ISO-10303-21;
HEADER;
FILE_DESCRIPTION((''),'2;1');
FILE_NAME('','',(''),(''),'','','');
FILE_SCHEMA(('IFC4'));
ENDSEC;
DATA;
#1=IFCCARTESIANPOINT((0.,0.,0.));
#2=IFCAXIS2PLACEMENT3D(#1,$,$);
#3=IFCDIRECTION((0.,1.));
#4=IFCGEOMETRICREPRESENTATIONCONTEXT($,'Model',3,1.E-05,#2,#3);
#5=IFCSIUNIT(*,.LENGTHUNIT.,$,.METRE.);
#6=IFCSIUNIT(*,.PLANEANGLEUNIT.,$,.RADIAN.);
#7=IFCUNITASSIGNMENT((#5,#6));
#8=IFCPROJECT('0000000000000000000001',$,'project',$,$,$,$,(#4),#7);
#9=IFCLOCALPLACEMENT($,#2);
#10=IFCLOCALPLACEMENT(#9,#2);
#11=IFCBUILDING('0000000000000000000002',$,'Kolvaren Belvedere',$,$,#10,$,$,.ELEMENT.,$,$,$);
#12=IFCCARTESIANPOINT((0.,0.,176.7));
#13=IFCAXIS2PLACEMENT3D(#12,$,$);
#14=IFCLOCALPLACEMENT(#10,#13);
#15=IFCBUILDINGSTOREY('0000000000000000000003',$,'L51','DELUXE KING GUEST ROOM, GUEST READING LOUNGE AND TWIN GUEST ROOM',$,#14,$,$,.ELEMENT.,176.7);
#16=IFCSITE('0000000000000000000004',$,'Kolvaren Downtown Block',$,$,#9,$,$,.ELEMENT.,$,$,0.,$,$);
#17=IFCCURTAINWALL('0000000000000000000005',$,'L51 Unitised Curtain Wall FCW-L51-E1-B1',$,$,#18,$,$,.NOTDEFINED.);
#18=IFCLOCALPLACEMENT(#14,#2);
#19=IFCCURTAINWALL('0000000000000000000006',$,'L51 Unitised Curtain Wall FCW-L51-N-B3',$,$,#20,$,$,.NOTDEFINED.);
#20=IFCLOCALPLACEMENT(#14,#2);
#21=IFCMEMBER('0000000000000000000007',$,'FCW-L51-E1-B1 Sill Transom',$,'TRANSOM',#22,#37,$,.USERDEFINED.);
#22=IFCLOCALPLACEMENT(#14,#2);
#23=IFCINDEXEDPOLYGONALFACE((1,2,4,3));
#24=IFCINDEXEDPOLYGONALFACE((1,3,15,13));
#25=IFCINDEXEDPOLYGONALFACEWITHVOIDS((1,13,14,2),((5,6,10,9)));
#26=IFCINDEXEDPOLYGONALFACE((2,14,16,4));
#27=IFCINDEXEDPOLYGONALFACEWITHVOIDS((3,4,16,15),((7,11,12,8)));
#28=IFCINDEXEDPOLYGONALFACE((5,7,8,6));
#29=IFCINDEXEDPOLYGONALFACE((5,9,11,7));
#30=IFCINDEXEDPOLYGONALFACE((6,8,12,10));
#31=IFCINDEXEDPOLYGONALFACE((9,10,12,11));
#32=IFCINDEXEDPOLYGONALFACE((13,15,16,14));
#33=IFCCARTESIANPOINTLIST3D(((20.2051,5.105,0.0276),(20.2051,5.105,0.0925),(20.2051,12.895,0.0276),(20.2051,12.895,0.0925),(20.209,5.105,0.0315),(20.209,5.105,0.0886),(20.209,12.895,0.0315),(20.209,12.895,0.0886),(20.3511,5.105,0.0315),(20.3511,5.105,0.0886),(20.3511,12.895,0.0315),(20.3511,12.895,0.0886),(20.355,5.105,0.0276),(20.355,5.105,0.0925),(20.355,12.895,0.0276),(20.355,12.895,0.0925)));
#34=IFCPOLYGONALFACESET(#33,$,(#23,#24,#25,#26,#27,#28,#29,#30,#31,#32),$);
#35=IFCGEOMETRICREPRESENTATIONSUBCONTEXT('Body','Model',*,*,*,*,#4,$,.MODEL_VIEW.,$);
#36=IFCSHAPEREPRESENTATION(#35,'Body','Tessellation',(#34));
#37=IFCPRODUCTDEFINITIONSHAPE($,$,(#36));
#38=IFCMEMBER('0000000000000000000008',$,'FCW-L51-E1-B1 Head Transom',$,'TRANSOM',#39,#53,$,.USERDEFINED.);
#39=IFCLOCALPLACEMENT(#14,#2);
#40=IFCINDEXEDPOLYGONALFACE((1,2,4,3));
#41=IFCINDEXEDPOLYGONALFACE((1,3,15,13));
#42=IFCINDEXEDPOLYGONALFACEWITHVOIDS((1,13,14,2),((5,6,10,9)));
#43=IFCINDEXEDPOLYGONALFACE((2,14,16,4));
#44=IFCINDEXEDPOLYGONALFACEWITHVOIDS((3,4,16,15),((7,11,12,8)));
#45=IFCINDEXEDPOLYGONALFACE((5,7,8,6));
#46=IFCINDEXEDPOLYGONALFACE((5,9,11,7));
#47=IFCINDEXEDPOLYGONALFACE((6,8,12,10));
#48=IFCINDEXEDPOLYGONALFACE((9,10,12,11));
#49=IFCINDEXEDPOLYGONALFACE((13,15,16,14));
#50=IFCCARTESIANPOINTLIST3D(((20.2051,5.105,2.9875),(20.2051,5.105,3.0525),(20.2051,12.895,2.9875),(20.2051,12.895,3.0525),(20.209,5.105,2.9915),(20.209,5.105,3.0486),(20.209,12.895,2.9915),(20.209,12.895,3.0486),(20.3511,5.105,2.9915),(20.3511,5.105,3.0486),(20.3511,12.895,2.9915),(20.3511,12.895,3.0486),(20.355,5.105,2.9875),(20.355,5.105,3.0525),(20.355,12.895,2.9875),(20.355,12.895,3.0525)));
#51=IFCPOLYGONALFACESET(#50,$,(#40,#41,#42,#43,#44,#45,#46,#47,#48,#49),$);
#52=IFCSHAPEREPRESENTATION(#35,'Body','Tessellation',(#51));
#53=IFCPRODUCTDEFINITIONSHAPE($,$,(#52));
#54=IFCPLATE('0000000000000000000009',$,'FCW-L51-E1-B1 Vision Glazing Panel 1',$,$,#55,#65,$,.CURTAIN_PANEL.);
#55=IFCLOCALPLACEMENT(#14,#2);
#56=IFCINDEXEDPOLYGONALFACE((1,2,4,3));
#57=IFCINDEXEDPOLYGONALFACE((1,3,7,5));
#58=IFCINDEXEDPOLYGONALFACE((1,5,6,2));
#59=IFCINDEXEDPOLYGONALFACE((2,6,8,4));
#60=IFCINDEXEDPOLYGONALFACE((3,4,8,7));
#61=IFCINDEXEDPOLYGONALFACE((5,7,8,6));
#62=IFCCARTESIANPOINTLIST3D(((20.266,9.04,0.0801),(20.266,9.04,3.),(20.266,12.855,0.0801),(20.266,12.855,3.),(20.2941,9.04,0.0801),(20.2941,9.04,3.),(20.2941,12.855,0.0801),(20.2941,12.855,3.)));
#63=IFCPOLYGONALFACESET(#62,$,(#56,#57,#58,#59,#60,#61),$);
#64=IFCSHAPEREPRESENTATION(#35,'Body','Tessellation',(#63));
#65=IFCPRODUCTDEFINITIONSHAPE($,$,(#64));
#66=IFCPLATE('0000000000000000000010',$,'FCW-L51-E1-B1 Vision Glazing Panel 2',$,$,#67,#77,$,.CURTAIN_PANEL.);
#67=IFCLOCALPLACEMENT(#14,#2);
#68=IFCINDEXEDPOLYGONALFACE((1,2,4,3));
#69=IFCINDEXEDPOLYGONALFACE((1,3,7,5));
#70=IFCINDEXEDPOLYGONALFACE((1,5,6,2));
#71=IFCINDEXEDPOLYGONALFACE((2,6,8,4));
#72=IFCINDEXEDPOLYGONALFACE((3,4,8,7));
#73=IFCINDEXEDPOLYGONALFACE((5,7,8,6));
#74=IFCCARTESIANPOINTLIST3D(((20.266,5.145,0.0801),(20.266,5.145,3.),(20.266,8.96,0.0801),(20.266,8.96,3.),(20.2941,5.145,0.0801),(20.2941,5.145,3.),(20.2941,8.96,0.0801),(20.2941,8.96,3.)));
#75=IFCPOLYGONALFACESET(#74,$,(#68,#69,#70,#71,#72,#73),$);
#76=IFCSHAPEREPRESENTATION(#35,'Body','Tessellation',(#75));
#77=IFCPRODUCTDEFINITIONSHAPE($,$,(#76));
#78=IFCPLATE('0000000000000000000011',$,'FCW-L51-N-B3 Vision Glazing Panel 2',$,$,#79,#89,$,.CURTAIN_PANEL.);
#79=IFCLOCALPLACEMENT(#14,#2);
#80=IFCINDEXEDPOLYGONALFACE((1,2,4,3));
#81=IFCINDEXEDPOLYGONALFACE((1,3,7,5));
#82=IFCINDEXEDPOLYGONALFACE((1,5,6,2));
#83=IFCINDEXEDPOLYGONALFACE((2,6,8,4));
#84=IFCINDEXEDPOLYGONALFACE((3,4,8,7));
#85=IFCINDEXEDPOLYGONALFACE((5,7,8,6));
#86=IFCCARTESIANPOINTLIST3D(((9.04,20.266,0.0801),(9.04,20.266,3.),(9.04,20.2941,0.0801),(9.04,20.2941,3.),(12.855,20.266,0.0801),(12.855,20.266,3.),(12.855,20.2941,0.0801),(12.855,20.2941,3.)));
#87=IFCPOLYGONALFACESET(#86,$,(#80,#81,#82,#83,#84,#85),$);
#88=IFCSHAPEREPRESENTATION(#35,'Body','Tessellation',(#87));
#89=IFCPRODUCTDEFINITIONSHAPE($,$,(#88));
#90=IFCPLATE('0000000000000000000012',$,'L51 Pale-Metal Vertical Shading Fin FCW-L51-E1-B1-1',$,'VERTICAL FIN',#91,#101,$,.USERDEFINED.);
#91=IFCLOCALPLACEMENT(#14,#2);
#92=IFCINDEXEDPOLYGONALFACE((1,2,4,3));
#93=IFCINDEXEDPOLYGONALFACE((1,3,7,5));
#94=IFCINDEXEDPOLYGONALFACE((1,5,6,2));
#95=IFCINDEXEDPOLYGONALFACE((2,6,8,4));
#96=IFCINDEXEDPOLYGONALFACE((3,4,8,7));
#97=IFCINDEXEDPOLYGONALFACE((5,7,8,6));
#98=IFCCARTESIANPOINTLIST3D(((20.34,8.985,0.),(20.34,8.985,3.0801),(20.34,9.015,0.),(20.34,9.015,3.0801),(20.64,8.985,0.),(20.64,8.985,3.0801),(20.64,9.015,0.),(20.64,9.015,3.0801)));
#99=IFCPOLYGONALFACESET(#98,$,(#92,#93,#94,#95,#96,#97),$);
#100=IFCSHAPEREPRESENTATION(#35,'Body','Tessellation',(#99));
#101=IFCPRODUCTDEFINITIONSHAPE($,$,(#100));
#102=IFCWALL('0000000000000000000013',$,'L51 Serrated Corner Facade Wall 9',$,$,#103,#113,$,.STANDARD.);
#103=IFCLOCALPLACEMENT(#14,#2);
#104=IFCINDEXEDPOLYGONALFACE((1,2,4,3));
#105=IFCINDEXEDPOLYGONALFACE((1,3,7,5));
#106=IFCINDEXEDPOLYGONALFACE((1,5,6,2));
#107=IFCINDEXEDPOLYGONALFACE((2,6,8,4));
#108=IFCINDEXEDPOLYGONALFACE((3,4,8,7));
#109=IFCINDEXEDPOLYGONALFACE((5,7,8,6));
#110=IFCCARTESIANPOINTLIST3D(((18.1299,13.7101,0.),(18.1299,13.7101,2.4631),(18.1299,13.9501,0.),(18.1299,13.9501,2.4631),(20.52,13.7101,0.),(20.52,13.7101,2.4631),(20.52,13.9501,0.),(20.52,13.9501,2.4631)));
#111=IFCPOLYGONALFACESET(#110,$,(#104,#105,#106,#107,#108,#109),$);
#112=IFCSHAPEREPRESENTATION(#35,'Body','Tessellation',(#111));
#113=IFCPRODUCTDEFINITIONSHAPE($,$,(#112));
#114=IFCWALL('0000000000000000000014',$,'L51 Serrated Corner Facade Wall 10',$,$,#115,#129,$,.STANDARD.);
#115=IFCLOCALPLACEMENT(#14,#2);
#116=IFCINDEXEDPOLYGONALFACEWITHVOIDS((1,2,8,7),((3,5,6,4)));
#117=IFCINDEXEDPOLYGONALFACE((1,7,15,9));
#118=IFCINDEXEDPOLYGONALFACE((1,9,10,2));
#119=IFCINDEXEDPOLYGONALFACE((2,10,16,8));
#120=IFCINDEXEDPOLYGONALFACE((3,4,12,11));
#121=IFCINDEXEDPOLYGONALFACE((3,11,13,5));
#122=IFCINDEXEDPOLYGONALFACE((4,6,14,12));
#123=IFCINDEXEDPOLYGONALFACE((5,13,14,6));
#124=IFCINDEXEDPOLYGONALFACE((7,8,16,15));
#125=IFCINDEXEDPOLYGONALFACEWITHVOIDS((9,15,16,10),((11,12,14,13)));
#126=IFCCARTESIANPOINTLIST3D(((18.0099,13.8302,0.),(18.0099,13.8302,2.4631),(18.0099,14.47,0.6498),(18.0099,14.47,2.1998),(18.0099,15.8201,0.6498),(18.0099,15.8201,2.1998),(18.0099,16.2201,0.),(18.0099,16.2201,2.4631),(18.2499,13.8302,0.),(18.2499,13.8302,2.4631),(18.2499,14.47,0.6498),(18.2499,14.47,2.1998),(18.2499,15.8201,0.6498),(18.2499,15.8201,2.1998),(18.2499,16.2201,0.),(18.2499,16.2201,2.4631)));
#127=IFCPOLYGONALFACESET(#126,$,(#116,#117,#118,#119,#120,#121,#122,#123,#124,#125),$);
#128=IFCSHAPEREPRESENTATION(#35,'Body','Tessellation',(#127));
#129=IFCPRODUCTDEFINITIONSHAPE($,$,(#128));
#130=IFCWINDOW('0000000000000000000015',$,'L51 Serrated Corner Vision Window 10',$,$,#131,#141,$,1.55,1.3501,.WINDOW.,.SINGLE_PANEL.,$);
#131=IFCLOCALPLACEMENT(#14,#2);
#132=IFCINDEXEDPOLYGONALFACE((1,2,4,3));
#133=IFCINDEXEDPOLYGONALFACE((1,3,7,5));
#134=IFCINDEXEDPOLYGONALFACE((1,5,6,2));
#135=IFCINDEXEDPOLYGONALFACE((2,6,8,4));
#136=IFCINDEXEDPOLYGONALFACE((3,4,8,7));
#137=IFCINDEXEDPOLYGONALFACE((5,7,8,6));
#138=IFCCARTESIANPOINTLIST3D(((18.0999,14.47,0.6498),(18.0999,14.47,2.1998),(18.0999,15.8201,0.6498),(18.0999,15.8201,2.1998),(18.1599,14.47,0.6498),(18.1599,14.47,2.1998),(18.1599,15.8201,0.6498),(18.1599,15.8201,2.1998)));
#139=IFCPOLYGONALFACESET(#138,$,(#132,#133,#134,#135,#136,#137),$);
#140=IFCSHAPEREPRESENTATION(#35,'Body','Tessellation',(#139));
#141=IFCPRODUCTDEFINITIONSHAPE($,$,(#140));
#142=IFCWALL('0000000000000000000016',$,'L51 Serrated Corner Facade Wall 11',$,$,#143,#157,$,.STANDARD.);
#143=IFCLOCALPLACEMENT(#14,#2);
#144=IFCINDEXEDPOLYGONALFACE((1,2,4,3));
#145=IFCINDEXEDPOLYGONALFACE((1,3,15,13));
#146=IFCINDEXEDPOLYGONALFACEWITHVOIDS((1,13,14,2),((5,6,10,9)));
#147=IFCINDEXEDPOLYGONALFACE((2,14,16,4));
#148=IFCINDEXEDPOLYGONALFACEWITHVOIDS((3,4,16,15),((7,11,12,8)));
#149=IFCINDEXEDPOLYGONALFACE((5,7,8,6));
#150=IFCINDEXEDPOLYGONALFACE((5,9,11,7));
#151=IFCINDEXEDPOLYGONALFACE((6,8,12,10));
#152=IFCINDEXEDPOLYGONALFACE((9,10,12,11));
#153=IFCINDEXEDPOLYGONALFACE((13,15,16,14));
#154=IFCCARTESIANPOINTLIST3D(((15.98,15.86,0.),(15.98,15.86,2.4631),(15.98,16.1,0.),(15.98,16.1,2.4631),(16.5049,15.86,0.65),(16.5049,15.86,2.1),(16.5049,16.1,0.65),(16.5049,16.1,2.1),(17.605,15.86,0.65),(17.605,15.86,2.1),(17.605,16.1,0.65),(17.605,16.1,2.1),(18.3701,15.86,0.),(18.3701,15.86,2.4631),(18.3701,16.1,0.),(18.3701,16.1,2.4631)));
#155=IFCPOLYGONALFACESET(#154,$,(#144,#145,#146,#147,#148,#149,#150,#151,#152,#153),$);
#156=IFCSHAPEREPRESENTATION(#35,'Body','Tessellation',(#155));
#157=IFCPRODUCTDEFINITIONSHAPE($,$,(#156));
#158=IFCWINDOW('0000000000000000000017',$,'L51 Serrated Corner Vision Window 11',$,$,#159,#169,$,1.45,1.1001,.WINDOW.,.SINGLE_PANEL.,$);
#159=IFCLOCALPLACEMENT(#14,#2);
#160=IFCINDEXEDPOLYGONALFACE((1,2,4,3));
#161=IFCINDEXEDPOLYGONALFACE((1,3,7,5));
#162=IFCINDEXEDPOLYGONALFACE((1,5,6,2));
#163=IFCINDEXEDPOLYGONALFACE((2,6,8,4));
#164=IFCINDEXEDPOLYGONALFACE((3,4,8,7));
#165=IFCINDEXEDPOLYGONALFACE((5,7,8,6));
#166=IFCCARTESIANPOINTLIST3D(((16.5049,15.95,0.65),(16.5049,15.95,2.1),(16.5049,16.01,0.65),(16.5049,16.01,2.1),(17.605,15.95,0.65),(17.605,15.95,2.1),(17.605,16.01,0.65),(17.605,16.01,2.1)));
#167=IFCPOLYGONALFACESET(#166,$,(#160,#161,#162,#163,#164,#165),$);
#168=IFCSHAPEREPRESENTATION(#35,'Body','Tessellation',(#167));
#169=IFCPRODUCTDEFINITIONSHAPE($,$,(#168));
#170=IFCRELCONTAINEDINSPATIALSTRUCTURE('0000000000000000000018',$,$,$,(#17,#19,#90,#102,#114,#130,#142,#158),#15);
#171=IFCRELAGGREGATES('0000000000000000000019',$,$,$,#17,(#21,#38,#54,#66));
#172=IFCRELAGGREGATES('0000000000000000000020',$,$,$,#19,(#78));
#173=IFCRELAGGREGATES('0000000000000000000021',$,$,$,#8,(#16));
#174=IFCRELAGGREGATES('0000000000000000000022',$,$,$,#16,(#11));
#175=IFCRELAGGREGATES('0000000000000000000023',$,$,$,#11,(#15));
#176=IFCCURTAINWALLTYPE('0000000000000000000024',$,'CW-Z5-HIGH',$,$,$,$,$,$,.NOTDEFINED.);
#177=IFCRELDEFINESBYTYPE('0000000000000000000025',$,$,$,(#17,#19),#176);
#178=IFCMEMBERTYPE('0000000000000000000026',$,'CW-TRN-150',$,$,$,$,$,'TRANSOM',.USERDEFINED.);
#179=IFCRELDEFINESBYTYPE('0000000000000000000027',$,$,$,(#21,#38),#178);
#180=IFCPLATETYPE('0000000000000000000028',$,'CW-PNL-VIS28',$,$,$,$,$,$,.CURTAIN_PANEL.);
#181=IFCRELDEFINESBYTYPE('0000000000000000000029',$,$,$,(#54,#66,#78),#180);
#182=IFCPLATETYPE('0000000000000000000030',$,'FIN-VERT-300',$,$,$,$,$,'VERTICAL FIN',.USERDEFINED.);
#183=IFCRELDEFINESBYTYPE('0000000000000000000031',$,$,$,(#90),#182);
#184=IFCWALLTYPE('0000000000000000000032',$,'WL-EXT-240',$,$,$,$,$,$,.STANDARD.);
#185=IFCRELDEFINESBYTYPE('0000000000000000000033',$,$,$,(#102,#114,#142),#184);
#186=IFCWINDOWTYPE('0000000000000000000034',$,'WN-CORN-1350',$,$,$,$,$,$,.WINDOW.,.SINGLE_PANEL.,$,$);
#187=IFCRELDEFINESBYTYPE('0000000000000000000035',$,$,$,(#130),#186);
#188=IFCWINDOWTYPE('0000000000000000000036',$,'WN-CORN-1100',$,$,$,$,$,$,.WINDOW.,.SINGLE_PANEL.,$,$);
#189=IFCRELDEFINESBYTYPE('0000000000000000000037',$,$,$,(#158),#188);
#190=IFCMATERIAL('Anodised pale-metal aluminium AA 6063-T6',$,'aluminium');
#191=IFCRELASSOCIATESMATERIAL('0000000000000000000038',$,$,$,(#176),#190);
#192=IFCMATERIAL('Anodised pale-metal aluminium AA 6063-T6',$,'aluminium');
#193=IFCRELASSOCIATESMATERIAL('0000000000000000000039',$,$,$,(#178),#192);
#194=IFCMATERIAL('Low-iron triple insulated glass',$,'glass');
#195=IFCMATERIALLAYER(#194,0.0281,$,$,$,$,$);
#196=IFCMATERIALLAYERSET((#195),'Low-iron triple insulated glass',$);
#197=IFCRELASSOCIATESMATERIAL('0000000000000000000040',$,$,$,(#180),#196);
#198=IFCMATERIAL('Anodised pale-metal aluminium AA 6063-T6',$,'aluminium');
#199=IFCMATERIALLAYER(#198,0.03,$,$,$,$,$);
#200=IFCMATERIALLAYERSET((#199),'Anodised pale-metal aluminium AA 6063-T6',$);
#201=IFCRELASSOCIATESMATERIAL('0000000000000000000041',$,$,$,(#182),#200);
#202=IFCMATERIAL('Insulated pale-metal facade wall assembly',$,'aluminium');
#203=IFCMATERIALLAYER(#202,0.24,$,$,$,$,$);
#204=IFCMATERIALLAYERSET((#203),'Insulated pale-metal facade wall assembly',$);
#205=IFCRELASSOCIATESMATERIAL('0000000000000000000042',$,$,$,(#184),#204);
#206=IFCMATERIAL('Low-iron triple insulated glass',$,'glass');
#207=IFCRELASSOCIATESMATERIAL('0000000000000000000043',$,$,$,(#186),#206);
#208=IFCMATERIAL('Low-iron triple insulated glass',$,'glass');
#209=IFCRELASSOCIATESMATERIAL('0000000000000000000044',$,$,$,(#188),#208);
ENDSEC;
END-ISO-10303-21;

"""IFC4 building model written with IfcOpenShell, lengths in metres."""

from ifc_helpers import new_model, si_unit, direction, frame, frame_2d, origin, origin_2d, place, context, subcontext, project, spatial, rectangle, hollow_rectangle, extrude, material, layer, layer_set, material_profile, profile_set, type_object, element, fill, aggregate, save


model = new_model("IFC4")

# Units and contexts
model_context = context("Model", 3, precision=1e-05, world=origin(), true_north=direction((0.0, 1.0)))
body_context = subcontext(model_context, "Body", "Model", "MODEL_VIEW")
ifc_project = project(units=[si_unit("LENGTHUNIT", "METRE"), si_unit("PLANEANGLEUNIT", "RADIAN")], contexts=[model_context])

# Site, building, storey
site_placement = place(None, origin())
site = spatial("IfcSite", under=ifc_project, at=site_placement, Name="Kolvaren Downtown Block", CompositionType="ELEMENT", RefElevation=0.0)
building_placement = place(site_placement, origin())
building = spatial("IfcBuilding", under=site, at=building_placement, Name="Kolvaren Belvedere", CompositionType="ELEMENT")
storey_placement = place(building_placement, frame((0.0, 0.0, 176.7)))
storey = spatial("IfcBuildingStorey", under=building, at=storey_placement, Name="L51", Description="DELUXE KING GUEST ROOM, GUEST READING LOUNGE AND TWIN GUEST ROOM", CompositionType="ELEMENT", Elevation=176.7)

# Curtain wall
ifc_material_1 = material(Name="Anodised pale-metal aluminium AA 6063-T6", Category="aluminium")
curtain_wall_type = type_object("IfcCurtainWallType", Name="CW-Z5-HIGH", PredefinedType="NOTDEFINED", material=ifc_material_1)
curtain_wall_1_placement = place(storey_placement, origin())
curtain_wall_1 = element("IfcCurtainWall", 1, at=curtain_wall_1_placement, inside=storey, type_object=curtain_wall_type, Name="L51 Unitised Curtain Wall FCW-L51-E1-B1", PredefinedType="NOTDEFINED")

# Curtain wall
curtain_wall_2_placement = place(storey_placement, origin())
curtain_wall_2 = element("IfcCurtainWall", 2, at=curtain_wall_2_placement, inside=storey, type_object=curtain_wall_type, Name="L51 Unitised Curtain Wall FCW-L51-N-B3", PredefinedType="NOTDEFINED")

# Members
ifc_material_2 = material(Name="Anodised pale-metal aluminium AA 6063-T6", Category="aluminium")
ifc_material_profile_1 = material_profile(ifc_material_2, hollow_rectangle(XDim=0.0649, YDim=0.1499, WallThickness=0.0039, at=origin_2d()), Name="ALU-TRN-150X65")
ifc_profile_set_1 = profile_set([ifc_material_profile_1], Name="Anodised pale-metal aluminium AA 6063-T6")
member_type_1 = type_object("IfcMemberType", Name="CW-TRN-150", ElementType="TRANSOM", PredefinedType="USERDEFINED", material=ifc_profile_set_1)
member_1_placement = place(storey_placement, frame((20.28, 12.895, 0.0601), z_axis=(0.0, -1.0, 0.0), x_axis=(0.0, 0.0, 1.0)))
member_1 = element("IfcMember", 3, at=member_1_placement, type_object=member_type_1, Name="FCW-L51-E1-B1 Sill Transom", ObjectType="TRANSOM", PredefinedType="USERDEFINED", context=body_context, shape_type="SweptSolid", body=[
    extrude(hollow_rectangle(XDim=0.0649, YDim=0.1499, WallThickness=0.0039, at=origin_2d()), origin(), (0.0, 0.0, 1.0), 7.79),
])
member_2_placement = place(storey_placement, frame((20.28, 12.895, 3.02), z_axis=(0.0, -1.0, 0.0), x_axis=(0.0, 0.0, 1.0)))
member_2 = element("IfcMember", 4, at=member_2_placement, type_object=member_type_1, Name="FCW-L51-E1-B1 Head Transom", ObjectType="TRANSOM", PredefinedType="USERDEFINED", context=body_context, shape_type="SweptSolid", body=[
    extrude(hollow_rectangle(XDim=0.0649, YDim=0.1499, WallThickness=0.0039, at=origin_2d()), origin(), (0.0, 0.0, 1.0), 7.79),
])

# Plates
ifc_material_3 = material(Name="Low-iron triple insulated glass", Category="glass")
ifc_layer_1 = layer(ifc_material_3, 0.0281)
ifc_layer_set_1 = layer_set([ifc_layer_1], Name="Low-iron triple insulated glass")
plate_type_1 = type_object("IfcPlateType", Name="CW-PNL-VIS28", PredefinedType="CURTAIN_PANEL", material=ifc_layer_set_1)
plate_1_placement = place(storey_placement, frame((20.28, 10.9475, 0.0801), z_axis=(0.0, 0.0, 1.0), x_axis=(0.0, -1.0, 0.0)))
plate_1 = element("IfcPlate", 5, at=plate_1_placement, type_object=plate_type_1, Name="FCW-L51-E1-B1 Vision Glazing Panel 1", PredefinedType="CURTAIN_PANEL", context=body_context, shape_type="SweptSolid", body=[
    extrude(rectangle(XDim=3.8149, YDim=0.0281, at=origin_2d()), origin(), (0.0, 0.0, 1.0), 2.9199),
])
plate_2_placement = place(storey_placement, frame((20.28, 7.0525, 0.0801), z_axis=(0.0, 0.0, 1.0), x_axis=(0.0, -1.0, 0.0)))
plate_2 = element("IfcPlate", 6, at=plate_2_placement, type_object=plate_type_1, Name="FCW-L51-E1-B1 Vision Glazing Panel 2", PredefinedType="CURTAIN_PANEL", context=body_context, shape_type="SweptSolid", body=[
    extrude(rectangle(XDim=3.8149, YDim=0.0281, at=origin_2d()), origin(), (0.0, 0.0, 1.0), 2.9199),
])
aggregate(curtain_wall_1, [member_1, member_2, plate_1, plate_2])
plate_3_placement = place(storey_placement, frame((10.9475, 20.28, 0.0801), z_axis=(0.0, 0.0, 1.0), x_axis=(1.0, 0.0, 0.0)))
plate_3 = element("IfcPlate", 7, at=plate_3_placement, type_object=plate_type_1, Name="FCW-L51-N-B3 Vision Glazing Panel 2", PredefinedType="CURTAIN_PANEL", context=body_context, shape_type="SweptSolid", body=[
    extrude(rectangle(XDim=3.8149, YDim=0.0281, at=origin_2d()), origin(), (0.0, 0.0, 1.0), 2.9199),
])
aggregate(curtain_wall_2, [plate_3])
ifc_material_4 = material(Name="Anodised pale-metal aluminium AA 6063-T6", Category="aluminium")
ifc_layer_2 = layer(ifc_material_4, 0.03)
ifc_layer_set_2 = layer_set([ifc_layer_2], Name="Anodised pale-metal aluminium AA 6063-T6")
plate_type_2 = type_object("IfcPlateType", Name="FIN-VERT-300", ElementType="VERTICAL FIN", PredefinedType="USERDEFINED", material=ifc_layer_set_2)
plate_4_placement = place(storey_placement, frame((20.49, 9.0, 0.0), z_axis=(0.0, 0.0, 1.0), x_axis=(1.0, 0.0, 0.0)))
element("IfcPlate", 8, at=plate_4_placement, inside=storey, type_object=plate_type_2, Name="L51 Pale-Metal Vertical Shading Fin FCW-L51-E1-B1-1", ObjectType="VERTICAL FIN", PredefinedType="USERDEFINED", context=body_context, shape_type="SweptSolid", body=[
    extrude(rectangle(XDim=0.3, YDim=0.03, at=origin_2d()), origin(), (0.0, 0.0, 1.0), 3.0801),
])

# Wall
ifc_material_5 = material(Name="Insulated pale-metal facade wall assembly", Category="aluminium")
ifc_layer_3 = layer(ifc_material_5, 0.24)
ifc_layer_set_3 = layer_set([ifc_layer_3], Name="Insulated pale-metal facade wall assembly")
wall_type_1 = type_object("IfcWallType", Name="WL-EXT-240", PredefinedType="STANDARD", material=ifc_layer_set_3)
wall_1_placement = place(storey_placement, frame((18.1299, 13.8301, 0.0), z_axis=(0.0, 0.0, 1.0), x_axis=(1.0, 0.0, 0.0)))
element("IfcWall", 9, at=wall_1_placement, inside=storey, type_object=wall_type_1, Name="L51 Serrated Corner Facade Wall 9", PredefinedType="STANDARD", context=body_context, shape_type="SweptSolid", body=[
    extrude(rectangle(XDim=2.3901, YDim=0.24, at=frame_2d((1.1951, 0.0))), origin(), (0.0, 0.0, 1.0), 2.4631),
])

# Walls, openings, windows
wall_2_placement = place(storey_placement, frame((18.1299, 16.22, 0.0), z_axis=(0.0, 0.0, 1.0), x_axis=(0.0, -1.0, 0.0)))
wall_2 = element("IfcWall", 10, at=wall_2_placement, inside=storey, type_object=wall_type_1, Name="L51 Serrated Corner Facade Wall 10", PredefinedType="STANDARD", context=body_context, shape_type="SweptSolid", body=[
    extrude(rectangle(XDim=2.3899, YDim=0.24, at=frame_2d((1.1948, 0.0))), origin(), (0.0, 0.0, 1.0), 2.4631),
])
opening_1_placement = place(wall_2_placement, frame((0.3999, 0.0, 0.6499)))
opening_1 = element("IfcOpeningElement", 11, at=opening_1_placement, cuts=wall_2, PredefinedType="OPENING", context=body_context, shape_type="SweptSolid", body=[
    extrude(rectangle(XDim=1.3501, YDim=1.55, at=frame_2d((0.675, 0.7749))), frame((0.0, 0.1299, 0.0), z_axis=(0.0, -1.0, 0.0), x_axis=(1.0, 0.0, 0.0)), (0.0, 0.0, 1.0), 0.26),
])
ifc_material_6 = material(Name="Low-iron triple insulated glass", Category="glass")
window_type_1 = type_object("IfcWindowType", Name="WN-CORN-1350", PartitioningType="SINGLE_PANEL", PredefinedType="WINDOW", material=ifc_material_6)
window_1_placement = place(opening_1_placement, origin())
window_1 = element("IfcWindow", 12, at=window_1_placement, inside=storey, type_object=window_type_1, Name="L51 Serrated Corner Vision Window 10", OverallHeight=1.55, OverallWidth=1.3501, PartitioningType="SINGLE_PANEL", PredefinedType="WINDOW", context=body_context, shape_type="SweptSolid", body=[
    extrude(rectangle(XDim=1.3501, YDim=1.55, at=frame_2d((0.675, 0.7749))), frame((0.0, 0.03, 0.0), z_axis=(0.0, -1.0, 0.0), x_axis=(1.0, 0.0, 0.0)), (0.0, 0.0, 1.0), 0.0601),
])
fill(opening_1, window_1)
wall_3_placement = place(storey_placement, frame((15.98, 15.98, 0.0), z_axis=(0.0, 0.0, 1.0), x_axis=(1.0, 0.0, 0.0)))
wall_3 = element("IfcWall", 13, at=wall_3_placement, inside=storey, type_object=wall_type_1, Name="L51 Serrated Corner Facade Wall 11", PredefinedType="STANDARD", context=body_context, shape_type="SweptSolid", body=[
    extrude(rectangle(XDim=2.3901, YDim=0.24, at=frame_2d((1.1951, 0.0))), origin(), (0.0, 0.0, 1.0), 2.4631),
])
opening_2_placement = place(wall_3_placement, frame((0.5249, 0.0, 0.6499)))
opening_2 = element("IfcOpeningElement", 14, at=opening_2_placement, cuts=wall_3, PredefinedType="OPENING", context=body_context, shape_type="SweptSolid", body=[
    extrude(rectangle(XDim=1.1001, YDim=1.45, at=frame_2d((0.55, 0.7251))), frame((0.0, 0.1299, 0.0), z_axis=(0.0, -1.0, 0.0), x_axis=(1.0, 0.0, 0.0)), (0.0, 0.0, 1.0), 0.26),
])
ifc_material_7 = material(Name="Low-iron triple insulated glass", Category="glass")
window_type_2 = type_object("IfcWindowType", Name="WN-CORN-1100", PartitioningType="SINGLE_PANEL", PredefinedType="WINDOW", material=ifc_material_7)
window_2_placement = place(opening_2_placement, origin())
window_2 = element("IfcWindow", 15, at=window_2_placement, inside=storey, type_object=window_type_2, Name="L51 Serrated Corner Vision Window 11", OverallHeight=1.45, OverallWidth=1.1001, PartitioningType="SINGLE_PANEL", PredefinedType="WINDOW", context=body_context, shape_type="SweptSolid", body=[
    extrude(rectangle(XDim=1.1001, YDim=1.45, at=frame_2d((0.55, 0.7251))), frame((0.0, 0.03, 0.0), z_axis=(0.0, -1.0, 0.0), x_axis=(1.0, 0.0, 0.0)), (0.0, 0.0, 1.0), 0.0601),
])
fill(opening_2, window_2)

save(model, "model.ifc")
